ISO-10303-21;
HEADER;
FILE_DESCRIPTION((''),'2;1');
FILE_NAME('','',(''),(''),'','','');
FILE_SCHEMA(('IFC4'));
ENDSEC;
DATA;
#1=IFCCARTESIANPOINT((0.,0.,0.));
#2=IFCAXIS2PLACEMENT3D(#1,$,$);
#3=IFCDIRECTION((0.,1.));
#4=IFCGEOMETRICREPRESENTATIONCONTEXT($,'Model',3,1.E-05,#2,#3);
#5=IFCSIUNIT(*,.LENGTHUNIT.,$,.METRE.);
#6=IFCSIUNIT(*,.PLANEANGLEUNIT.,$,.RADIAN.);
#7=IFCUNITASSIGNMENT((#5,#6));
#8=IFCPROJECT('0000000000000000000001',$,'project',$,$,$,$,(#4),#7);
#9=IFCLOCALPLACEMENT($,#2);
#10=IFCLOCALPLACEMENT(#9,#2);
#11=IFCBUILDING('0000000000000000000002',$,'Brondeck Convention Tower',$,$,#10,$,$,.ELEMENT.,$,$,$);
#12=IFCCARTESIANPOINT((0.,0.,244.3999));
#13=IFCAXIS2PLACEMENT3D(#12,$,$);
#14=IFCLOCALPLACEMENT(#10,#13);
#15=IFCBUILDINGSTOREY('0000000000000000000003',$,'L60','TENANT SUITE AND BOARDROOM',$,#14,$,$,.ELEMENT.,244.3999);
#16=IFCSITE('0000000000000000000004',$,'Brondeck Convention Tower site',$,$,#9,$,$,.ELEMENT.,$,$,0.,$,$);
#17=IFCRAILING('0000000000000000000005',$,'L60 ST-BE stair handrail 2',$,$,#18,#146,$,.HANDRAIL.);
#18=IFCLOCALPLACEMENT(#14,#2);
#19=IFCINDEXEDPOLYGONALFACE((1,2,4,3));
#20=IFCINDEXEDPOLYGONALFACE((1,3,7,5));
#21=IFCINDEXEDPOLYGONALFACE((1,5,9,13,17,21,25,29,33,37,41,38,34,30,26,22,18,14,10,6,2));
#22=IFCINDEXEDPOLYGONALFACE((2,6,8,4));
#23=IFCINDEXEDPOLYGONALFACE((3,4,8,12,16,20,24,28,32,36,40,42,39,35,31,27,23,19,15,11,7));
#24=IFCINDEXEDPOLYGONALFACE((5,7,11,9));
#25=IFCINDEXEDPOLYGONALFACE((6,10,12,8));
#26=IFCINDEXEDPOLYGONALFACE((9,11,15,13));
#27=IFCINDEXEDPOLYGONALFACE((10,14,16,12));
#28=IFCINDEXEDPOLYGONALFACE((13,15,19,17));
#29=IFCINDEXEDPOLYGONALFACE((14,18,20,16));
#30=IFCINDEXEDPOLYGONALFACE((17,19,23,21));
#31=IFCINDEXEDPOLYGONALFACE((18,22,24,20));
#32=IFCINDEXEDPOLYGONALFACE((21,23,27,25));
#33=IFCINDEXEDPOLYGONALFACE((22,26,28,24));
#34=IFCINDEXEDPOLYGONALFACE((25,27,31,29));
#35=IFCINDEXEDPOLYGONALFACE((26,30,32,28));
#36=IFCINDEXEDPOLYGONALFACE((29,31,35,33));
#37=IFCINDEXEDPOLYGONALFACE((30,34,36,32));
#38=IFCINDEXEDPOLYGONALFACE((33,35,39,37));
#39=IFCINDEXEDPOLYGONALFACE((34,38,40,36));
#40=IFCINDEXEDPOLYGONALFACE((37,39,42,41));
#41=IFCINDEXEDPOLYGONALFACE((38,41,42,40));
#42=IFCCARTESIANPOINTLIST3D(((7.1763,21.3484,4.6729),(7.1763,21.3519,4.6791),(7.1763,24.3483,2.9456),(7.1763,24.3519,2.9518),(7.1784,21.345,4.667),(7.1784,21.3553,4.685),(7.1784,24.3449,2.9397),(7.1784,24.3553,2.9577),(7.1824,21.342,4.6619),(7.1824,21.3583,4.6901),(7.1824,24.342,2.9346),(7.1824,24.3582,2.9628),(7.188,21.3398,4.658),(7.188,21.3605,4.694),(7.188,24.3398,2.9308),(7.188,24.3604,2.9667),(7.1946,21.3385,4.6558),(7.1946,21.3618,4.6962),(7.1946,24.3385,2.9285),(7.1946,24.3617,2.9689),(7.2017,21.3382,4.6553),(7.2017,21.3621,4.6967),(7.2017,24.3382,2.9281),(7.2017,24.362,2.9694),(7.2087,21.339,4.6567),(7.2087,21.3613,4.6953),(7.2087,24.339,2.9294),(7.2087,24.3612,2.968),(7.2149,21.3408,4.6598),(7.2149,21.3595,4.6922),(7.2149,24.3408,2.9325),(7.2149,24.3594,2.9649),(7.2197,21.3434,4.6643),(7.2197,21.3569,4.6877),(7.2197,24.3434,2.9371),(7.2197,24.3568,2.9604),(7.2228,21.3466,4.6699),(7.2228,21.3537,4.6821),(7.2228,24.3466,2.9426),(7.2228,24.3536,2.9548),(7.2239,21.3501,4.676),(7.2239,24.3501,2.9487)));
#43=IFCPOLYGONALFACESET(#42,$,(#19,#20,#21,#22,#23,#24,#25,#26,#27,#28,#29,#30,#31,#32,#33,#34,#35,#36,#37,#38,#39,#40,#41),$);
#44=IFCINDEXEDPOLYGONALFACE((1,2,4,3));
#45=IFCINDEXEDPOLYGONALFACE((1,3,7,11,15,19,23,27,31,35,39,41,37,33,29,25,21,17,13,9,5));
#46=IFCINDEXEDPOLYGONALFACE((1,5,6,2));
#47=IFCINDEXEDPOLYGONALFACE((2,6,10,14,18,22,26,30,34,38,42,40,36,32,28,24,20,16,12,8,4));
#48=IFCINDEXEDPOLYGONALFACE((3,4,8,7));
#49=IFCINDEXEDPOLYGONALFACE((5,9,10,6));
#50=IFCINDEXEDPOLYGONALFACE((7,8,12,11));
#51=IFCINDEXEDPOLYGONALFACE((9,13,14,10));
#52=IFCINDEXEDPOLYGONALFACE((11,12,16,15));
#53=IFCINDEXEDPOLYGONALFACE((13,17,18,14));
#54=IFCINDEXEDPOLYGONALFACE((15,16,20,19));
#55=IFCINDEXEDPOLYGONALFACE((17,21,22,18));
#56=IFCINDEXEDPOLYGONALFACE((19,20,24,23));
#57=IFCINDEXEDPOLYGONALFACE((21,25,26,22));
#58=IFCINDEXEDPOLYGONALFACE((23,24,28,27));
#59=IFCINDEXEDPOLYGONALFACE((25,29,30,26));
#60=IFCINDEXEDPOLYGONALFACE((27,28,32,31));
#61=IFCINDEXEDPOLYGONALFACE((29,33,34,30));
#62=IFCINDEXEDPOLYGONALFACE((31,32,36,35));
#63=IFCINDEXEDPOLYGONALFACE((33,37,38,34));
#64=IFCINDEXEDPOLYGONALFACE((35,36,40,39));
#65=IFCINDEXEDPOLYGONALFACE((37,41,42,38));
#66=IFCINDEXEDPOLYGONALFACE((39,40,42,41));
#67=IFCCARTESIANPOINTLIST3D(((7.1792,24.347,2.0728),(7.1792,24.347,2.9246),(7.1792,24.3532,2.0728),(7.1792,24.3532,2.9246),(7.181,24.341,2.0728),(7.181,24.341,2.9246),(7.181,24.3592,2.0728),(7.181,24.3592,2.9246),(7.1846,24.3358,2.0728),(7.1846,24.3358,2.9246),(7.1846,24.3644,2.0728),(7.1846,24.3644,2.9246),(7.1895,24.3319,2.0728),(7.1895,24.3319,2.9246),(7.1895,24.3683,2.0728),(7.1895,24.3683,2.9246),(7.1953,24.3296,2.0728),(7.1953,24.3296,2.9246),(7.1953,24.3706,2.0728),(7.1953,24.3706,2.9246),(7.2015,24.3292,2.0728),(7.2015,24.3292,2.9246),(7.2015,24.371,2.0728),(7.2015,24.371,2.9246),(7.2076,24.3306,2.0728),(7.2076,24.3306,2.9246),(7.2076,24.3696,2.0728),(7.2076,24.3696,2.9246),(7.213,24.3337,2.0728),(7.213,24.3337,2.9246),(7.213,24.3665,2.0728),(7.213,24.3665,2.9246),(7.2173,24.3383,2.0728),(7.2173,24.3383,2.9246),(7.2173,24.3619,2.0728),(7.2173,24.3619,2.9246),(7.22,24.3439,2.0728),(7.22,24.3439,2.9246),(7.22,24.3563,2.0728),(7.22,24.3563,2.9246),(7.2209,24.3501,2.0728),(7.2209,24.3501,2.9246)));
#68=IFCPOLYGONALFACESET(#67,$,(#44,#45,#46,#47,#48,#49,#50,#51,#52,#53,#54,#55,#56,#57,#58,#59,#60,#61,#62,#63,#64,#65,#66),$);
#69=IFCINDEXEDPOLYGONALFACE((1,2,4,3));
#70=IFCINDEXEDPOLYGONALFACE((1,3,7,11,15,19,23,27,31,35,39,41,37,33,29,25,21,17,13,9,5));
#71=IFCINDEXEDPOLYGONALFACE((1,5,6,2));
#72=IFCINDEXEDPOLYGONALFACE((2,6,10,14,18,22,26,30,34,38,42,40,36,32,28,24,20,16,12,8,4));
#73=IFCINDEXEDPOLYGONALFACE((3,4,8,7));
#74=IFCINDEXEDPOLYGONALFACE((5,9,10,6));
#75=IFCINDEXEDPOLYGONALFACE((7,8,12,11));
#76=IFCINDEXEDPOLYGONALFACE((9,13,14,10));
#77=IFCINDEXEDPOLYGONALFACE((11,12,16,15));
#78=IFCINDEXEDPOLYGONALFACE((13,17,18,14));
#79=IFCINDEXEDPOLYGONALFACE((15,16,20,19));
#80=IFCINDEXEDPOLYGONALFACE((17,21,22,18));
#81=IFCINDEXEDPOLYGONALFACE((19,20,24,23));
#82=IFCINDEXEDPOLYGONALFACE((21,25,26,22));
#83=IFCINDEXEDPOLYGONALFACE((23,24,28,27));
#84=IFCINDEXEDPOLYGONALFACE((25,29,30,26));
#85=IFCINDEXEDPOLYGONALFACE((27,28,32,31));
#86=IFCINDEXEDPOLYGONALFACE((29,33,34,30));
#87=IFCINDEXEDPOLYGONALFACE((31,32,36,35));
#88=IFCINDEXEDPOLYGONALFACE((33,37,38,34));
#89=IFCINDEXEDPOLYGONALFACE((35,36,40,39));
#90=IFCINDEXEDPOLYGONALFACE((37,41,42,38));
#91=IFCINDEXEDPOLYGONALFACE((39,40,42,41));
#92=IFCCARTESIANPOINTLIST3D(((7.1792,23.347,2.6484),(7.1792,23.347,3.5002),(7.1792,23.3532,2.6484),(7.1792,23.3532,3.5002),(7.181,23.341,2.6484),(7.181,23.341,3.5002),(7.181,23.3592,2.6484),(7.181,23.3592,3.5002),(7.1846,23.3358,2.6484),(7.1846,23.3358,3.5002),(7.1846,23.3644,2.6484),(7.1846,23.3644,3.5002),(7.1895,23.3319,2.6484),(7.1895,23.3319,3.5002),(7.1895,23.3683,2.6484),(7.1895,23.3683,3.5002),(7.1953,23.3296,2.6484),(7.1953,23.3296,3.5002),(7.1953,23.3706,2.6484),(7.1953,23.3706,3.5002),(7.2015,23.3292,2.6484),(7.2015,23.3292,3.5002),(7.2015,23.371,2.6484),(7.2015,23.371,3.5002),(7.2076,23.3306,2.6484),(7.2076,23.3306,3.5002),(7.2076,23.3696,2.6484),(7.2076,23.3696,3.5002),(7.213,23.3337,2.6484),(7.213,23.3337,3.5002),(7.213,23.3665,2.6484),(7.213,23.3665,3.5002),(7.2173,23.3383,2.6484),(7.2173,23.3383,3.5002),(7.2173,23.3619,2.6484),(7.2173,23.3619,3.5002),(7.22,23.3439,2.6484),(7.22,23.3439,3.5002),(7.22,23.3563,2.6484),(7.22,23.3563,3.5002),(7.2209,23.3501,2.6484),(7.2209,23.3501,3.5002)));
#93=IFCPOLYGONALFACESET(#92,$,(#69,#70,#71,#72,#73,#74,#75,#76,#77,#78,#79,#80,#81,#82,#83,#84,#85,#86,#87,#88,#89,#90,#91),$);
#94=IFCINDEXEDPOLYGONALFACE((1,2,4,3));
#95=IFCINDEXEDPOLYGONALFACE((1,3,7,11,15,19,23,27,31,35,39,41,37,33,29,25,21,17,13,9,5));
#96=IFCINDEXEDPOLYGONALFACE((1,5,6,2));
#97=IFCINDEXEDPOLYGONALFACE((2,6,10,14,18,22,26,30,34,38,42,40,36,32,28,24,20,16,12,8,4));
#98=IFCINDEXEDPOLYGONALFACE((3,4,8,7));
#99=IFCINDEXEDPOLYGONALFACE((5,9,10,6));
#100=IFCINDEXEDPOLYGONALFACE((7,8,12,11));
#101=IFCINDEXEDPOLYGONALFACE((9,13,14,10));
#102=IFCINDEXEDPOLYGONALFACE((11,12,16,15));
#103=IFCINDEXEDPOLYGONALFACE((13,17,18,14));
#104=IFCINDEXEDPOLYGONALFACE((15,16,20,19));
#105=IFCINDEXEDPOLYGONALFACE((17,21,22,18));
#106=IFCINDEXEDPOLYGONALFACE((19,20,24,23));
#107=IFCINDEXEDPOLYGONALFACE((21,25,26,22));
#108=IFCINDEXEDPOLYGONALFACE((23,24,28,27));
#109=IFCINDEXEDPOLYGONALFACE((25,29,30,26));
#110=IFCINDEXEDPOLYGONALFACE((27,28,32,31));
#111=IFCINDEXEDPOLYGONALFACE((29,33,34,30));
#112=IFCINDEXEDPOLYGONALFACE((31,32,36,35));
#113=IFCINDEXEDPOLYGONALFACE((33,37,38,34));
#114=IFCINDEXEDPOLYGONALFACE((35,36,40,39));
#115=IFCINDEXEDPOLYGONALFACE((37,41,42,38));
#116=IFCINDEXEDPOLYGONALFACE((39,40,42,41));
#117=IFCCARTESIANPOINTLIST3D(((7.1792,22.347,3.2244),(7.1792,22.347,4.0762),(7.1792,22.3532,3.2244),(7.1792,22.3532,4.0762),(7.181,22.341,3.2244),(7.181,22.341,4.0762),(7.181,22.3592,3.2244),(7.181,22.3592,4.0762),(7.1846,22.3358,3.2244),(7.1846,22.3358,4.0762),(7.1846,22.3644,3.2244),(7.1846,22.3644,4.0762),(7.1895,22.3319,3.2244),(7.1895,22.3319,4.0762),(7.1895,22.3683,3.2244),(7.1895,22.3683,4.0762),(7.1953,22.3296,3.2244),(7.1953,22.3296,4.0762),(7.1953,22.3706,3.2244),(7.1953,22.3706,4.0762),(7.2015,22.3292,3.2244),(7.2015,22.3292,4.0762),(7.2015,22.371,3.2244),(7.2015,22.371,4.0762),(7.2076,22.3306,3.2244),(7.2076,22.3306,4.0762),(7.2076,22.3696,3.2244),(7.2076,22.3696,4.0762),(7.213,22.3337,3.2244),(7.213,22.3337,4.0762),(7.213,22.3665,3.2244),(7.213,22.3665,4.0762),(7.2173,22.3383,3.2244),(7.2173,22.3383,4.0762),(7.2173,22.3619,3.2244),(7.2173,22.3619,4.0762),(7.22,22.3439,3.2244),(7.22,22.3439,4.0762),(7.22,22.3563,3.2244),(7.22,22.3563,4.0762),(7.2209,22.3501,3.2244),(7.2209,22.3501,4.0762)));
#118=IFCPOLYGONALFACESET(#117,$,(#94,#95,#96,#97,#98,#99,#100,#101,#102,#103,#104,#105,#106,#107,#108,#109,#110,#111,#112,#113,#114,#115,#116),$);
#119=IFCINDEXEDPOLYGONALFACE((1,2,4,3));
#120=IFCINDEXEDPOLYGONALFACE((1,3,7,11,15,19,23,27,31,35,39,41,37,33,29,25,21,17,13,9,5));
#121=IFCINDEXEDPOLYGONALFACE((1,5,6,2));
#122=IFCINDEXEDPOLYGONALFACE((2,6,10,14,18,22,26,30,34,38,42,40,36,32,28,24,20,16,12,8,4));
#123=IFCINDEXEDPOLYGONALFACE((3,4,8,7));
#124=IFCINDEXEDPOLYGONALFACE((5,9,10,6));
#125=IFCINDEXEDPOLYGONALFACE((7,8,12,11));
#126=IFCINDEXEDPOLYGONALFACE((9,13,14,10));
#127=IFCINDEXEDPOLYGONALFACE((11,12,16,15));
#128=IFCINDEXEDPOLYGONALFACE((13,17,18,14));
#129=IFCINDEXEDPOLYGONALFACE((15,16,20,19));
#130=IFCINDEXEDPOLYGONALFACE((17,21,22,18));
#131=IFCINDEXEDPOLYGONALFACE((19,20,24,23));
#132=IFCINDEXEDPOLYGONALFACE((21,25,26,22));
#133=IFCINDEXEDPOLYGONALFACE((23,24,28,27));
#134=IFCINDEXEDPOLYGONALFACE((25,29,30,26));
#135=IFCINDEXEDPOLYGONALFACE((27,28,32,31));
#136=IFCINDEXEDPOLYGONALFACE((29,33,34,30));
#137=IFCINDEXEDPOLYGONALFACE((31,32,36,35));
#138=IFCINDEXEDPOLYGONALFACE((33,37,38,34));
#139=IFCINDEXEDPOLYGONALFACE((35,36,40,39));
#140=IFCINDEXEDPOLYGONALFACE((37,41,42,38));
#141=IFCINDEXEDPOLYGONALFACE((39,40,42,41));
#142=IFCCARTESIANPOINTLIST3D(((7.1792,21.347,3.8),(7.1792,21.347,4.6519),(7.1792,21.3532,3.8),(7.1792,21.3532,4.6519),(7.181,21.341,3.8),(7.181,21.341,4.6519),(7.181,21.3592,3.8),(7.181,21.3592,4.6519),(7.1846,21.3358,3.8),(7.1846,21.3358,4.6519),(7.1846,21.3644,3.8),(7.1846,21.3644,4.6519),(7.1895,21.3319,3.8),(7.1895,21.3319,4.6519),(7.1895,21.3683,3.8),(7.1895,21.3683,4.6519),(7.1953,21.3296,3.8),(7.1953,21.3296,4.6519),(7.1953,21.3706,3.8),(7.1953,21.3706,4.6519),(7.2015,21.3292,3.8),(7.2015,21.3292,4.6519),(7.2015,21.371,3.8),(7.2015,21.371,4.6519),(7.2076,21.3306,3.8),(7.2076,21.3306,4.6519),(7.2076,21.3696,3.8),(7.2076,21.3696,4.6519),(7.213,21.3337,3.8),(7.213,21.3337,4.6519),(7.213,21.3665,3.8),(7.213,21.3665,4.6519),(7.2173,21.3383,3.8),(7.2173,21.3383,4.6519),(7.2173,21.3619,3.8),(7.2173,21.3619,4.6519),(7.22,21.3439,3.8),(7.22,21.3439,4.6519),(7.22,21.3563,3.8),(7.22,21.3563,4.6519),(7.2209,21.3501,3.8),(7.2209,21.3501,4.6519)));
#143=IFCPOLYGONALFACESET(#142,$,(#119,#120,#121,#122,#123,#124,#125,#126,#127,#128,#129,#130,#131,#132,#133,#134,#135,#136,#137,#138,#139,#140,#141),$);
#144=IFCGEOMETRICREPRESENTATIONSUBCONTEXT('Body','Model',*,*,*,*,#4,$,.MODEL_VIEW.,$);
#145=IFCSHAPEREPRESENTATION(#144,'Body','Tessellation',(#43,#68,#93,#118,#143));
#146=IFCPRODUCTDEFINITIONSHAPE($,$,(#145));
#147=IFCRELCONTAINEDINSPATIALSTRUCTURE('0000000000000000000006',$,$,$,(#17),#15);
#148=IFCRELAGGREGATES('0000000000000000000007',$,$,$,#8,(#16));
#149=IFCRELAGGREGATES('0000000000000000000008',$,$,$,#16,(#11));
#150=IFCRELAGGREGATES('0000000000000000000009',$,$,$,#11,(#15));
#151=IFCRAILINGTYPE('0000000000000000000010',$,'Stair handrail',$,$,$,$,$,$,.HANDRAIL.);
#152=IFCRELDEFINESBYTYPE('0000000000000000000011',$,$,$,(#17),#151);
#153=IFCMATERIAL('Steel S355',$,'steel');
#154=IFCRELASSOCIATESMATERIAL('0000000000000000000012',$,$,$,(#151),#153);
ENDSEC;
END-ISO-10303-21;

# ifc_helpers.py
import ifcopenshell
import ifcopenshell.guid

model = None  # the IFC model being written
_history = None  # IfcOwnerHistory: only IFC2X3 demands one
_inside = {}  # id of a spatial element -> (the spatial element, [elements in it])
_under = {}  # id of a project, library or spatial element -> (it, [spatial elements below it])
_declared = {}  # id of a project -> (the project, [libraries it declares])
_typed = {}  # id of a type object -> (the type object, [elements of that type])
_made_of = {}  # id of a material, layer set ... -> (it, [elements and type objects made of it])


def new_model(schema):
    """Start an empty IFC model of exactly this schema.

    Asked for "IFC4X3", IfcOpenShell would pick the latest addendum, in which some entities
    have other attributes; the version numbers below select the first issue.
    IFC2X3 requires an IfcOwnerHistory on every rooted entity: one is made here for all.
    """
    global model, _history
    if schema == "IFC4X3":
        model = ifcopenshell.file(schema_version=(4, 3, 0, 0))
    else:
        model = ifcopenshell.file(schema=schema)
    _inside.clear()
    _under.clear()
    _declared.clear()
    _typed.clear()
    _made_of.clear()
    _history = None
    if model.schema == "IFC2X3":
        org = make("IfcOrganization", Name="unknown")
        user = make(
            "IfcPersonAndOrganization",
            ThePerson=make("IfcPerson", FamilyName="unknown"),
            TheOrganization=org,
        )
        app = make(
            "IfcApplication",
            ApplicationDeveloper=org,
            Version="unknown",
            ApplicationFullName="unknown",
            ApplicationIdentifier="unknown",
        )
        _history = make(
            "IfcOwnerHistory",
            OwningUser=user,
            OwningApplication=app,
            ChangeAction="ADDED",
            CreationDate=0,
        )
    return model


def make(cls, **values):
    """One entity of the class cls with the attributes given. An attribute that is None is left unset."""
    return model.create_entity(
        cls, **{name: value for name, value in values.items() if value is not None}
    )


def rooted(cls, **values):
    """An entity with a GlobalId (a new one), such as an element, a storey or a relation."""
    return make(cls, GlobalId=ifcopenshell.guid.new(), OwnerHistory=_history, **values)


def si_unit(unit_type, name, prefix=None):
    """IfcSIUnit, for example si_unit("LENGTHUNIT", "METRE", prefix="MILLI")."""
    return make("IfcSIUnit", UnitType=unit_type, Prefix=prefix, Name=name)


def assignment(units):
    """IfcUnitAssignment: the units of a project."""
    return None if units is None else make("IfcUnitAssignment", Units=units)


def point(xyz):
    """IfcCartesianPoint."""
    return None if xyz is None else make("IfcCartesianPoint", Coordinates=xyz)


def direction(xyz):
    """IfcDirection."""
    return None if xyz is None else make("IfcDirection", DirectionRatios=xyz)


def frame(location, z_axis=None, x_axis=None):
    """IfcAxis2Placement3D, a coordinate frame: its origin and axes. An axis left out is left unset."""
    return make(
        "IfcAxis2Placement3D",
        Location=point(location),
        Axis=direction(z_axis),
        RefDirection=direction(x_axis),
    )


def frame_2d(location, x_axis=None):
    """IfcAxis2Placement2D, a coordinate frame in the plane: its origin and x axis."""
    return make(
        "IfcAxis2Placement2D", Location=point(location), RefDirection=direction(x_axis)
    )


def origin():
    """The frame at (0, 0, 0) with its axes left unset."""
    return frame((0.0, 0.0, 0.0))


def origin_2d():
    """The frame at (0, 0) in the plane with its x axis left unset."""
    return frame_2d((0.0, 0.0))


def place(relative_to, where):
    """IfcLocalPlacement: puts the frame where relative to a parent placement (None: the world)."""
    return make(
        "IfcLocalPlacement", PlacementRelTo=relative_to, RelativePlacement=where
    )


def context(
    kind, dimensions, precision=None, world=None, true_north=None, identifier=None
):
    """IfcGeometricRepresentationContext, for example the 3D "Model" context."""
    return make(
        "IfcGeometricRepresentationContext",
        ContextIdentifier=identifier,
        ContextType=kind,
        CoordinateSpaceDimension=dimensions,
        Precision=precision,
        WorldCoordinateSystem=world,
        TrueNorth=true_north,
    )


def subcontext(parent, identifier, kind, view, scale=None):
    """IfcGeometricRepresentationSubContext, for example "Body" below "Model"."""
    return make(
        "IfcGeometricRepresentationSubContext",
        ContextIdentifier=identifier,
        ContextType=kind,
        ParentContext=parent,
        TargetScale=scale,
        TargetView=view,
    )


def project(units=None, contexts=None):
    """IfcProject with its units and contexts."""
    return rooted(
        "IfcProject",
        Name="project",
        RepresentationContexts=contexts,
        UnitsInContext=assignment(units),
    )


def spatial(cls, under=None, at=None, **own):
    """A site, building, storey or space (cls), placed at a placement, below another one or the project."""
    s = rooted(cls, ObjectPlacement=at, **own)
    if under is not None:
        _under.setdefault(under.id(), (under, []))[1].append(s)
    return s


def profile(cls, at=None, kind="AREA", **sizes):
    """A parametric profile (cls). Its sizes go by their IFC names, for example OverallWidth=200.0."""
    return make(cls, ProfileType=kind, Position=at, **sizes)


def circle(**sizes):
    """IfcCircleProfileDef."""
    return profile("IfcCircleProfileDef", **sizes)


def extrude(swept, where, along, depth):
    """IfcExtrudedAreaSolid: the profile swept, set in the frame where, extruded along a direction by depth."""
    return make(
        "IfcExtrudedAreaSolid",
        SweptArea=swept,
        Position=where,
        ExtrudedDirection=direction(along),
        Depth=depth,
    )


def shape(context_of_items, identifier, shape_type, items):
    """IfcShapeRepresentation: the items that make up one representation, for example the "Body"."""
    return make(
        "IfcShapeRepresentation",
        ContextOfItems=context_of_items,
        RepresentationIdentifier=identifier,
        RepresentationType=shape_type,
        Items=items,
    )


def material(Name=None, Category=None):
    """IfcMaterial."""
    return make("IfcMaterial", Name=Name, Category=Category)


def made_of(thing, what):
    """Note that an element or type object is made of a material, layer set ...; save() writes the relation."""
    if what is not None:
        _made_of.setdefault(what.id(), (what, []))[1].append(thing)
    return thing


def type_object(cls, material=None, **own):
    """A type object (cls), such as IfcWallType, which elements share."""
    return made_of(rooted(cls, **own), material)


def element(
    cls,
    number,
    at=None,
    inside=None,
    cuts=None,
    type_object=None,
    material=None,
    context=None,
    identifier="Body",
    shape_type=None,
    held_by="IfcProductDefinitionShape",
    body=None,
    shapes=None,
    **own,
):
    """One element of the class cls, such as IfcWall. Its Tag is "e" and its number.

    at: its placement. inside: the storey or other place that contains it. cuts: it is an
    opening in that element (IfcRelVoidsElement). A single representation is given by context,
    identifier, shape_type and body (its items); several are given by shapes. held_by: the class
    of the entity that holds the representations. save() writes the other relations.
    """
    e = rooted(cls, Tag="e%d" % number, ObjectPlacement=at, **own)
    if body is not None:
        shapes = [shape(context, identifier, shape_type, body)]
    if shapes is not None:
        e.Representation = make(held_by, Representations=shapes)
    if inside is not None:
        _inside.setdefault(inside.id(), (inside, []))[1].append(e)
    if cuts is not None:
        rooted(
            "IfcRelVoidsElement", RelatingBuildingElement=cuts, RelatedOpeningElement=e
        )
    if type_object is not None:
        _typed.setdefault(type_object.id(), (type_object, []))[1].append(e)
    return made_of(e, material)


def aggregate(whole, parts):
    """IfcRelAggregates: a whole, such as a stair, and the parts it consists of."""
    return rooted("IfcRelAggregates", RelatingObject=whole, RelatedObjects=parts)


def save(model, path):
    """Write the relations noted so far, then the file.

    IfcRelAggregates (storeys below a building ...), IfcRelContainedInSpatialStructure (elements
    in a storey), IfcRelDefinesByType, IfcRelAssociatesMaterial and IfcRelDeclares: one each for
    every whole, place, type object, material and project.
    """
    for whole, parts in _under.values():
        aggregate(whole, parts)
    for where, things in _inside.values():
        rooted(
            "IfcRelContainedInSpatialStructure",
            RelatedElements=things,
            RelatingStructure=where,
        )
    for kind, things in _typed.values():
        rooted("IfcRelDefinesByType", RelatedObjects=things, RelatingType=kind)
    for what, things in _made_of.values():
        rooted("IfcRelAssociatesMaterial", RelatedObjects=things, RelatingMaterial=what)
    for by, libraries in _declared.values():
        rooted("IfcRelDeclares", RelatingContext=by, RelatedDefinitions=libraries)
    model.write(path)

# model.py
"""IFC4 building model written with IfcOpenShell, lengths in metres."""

from ifc_helpers import new_model, si_unit, direction, frame, origin, origin_2d, place, context, subcontext, project, spatial, circle, extrude, material, type_object, element, save


model = new_model("IFC4")

# Units and contexts
model_context = context("Model", 3, precision=1e-05, world=origin(), true_north=direction((0.0, 1.0)))
body_context = subcontext(model_context, "Body", "Model", "MODEL_VIEW")
ifc_project = project(units=[si_unit("LENGTHUNIT", "METRE"), si_unit("PLANEANGLEUNIT", "RADIAN")], contexts=[model_context])

# Site, building, storey
site_placement = place(None, origin())
site = spatial("IfcSite", under=ifc_project, at=site_placement, Name="Brondeck Convention Tower site", CompositionType="ELEMENT", RefElevation=0.0)
building_placement = place(site_placement, origin())
building = spatial("IfcBuilding", under=site, at=building_placement, Name="Brondeck Convention Tower", CompositionType="ELEMENT")
storey_placement = place(building_placement, frame((0.0, 0.0, 244.3999)))
storey = spatial("IfcBuildingStorey", under=building, at=storey_placement, Name="L60", Description="TENANT SUITE AND BOARDROOM", CompositionType="ELEMENT", Elevation=244.3999)

# Shared definitions
ifc_material_1 = material(Name="Steel S355", Category="steel")

# Railing
railing_type_1 = type_object("IfcRailingType", Name="Stair handrail", PredefinedType="HANDRAIL", material=ifc_material_1)
railing_1_placement = place(storey_placement, frame((7.2, 24.3501, 2.0728)))
element("IfcRailing", 1, at=railing_1_placement, inside=storey, type_object=railing_type_1, Name="L60 ST-BE stair handrail 2", PredefinedType="HANDRAIL", context=body_context, shape_type="SweptSolid", body=[
    extrude(circle(Radius=0.0239, at=origin_2d()), frame((0.0, 0.0, 0.876), z_axis=(0.0, -0.86662, 0.498969), x_axis=(1.0, 0.0, 0.0)), (0.0, 0.0, 1.0), 3.4617),
    extrude(circle(Radius=0.021, at=origin_2d()), origin(), (0.0, 0.0, 1.0), 0.8518),
    extrude(circle(Radius=0.021, at=origin_2d()), frame((0.0, -1.0, 0.5757)), (0.0, 0.0, 1.0), 0.8518),
    extrude(circle(Radius=0.021, at=origin_2d()), frame((0.0, -2.0, 1.1516)), (0.0, 0.0, 1.0), 0.8518),
    extrude(circle(Radius=0.021, at=origin_2d()), frame((0.0, -3.0, 1.7273)), (0.0, 0.0, 1.0), 0.8518),
])

save(model, "model.ifc")
